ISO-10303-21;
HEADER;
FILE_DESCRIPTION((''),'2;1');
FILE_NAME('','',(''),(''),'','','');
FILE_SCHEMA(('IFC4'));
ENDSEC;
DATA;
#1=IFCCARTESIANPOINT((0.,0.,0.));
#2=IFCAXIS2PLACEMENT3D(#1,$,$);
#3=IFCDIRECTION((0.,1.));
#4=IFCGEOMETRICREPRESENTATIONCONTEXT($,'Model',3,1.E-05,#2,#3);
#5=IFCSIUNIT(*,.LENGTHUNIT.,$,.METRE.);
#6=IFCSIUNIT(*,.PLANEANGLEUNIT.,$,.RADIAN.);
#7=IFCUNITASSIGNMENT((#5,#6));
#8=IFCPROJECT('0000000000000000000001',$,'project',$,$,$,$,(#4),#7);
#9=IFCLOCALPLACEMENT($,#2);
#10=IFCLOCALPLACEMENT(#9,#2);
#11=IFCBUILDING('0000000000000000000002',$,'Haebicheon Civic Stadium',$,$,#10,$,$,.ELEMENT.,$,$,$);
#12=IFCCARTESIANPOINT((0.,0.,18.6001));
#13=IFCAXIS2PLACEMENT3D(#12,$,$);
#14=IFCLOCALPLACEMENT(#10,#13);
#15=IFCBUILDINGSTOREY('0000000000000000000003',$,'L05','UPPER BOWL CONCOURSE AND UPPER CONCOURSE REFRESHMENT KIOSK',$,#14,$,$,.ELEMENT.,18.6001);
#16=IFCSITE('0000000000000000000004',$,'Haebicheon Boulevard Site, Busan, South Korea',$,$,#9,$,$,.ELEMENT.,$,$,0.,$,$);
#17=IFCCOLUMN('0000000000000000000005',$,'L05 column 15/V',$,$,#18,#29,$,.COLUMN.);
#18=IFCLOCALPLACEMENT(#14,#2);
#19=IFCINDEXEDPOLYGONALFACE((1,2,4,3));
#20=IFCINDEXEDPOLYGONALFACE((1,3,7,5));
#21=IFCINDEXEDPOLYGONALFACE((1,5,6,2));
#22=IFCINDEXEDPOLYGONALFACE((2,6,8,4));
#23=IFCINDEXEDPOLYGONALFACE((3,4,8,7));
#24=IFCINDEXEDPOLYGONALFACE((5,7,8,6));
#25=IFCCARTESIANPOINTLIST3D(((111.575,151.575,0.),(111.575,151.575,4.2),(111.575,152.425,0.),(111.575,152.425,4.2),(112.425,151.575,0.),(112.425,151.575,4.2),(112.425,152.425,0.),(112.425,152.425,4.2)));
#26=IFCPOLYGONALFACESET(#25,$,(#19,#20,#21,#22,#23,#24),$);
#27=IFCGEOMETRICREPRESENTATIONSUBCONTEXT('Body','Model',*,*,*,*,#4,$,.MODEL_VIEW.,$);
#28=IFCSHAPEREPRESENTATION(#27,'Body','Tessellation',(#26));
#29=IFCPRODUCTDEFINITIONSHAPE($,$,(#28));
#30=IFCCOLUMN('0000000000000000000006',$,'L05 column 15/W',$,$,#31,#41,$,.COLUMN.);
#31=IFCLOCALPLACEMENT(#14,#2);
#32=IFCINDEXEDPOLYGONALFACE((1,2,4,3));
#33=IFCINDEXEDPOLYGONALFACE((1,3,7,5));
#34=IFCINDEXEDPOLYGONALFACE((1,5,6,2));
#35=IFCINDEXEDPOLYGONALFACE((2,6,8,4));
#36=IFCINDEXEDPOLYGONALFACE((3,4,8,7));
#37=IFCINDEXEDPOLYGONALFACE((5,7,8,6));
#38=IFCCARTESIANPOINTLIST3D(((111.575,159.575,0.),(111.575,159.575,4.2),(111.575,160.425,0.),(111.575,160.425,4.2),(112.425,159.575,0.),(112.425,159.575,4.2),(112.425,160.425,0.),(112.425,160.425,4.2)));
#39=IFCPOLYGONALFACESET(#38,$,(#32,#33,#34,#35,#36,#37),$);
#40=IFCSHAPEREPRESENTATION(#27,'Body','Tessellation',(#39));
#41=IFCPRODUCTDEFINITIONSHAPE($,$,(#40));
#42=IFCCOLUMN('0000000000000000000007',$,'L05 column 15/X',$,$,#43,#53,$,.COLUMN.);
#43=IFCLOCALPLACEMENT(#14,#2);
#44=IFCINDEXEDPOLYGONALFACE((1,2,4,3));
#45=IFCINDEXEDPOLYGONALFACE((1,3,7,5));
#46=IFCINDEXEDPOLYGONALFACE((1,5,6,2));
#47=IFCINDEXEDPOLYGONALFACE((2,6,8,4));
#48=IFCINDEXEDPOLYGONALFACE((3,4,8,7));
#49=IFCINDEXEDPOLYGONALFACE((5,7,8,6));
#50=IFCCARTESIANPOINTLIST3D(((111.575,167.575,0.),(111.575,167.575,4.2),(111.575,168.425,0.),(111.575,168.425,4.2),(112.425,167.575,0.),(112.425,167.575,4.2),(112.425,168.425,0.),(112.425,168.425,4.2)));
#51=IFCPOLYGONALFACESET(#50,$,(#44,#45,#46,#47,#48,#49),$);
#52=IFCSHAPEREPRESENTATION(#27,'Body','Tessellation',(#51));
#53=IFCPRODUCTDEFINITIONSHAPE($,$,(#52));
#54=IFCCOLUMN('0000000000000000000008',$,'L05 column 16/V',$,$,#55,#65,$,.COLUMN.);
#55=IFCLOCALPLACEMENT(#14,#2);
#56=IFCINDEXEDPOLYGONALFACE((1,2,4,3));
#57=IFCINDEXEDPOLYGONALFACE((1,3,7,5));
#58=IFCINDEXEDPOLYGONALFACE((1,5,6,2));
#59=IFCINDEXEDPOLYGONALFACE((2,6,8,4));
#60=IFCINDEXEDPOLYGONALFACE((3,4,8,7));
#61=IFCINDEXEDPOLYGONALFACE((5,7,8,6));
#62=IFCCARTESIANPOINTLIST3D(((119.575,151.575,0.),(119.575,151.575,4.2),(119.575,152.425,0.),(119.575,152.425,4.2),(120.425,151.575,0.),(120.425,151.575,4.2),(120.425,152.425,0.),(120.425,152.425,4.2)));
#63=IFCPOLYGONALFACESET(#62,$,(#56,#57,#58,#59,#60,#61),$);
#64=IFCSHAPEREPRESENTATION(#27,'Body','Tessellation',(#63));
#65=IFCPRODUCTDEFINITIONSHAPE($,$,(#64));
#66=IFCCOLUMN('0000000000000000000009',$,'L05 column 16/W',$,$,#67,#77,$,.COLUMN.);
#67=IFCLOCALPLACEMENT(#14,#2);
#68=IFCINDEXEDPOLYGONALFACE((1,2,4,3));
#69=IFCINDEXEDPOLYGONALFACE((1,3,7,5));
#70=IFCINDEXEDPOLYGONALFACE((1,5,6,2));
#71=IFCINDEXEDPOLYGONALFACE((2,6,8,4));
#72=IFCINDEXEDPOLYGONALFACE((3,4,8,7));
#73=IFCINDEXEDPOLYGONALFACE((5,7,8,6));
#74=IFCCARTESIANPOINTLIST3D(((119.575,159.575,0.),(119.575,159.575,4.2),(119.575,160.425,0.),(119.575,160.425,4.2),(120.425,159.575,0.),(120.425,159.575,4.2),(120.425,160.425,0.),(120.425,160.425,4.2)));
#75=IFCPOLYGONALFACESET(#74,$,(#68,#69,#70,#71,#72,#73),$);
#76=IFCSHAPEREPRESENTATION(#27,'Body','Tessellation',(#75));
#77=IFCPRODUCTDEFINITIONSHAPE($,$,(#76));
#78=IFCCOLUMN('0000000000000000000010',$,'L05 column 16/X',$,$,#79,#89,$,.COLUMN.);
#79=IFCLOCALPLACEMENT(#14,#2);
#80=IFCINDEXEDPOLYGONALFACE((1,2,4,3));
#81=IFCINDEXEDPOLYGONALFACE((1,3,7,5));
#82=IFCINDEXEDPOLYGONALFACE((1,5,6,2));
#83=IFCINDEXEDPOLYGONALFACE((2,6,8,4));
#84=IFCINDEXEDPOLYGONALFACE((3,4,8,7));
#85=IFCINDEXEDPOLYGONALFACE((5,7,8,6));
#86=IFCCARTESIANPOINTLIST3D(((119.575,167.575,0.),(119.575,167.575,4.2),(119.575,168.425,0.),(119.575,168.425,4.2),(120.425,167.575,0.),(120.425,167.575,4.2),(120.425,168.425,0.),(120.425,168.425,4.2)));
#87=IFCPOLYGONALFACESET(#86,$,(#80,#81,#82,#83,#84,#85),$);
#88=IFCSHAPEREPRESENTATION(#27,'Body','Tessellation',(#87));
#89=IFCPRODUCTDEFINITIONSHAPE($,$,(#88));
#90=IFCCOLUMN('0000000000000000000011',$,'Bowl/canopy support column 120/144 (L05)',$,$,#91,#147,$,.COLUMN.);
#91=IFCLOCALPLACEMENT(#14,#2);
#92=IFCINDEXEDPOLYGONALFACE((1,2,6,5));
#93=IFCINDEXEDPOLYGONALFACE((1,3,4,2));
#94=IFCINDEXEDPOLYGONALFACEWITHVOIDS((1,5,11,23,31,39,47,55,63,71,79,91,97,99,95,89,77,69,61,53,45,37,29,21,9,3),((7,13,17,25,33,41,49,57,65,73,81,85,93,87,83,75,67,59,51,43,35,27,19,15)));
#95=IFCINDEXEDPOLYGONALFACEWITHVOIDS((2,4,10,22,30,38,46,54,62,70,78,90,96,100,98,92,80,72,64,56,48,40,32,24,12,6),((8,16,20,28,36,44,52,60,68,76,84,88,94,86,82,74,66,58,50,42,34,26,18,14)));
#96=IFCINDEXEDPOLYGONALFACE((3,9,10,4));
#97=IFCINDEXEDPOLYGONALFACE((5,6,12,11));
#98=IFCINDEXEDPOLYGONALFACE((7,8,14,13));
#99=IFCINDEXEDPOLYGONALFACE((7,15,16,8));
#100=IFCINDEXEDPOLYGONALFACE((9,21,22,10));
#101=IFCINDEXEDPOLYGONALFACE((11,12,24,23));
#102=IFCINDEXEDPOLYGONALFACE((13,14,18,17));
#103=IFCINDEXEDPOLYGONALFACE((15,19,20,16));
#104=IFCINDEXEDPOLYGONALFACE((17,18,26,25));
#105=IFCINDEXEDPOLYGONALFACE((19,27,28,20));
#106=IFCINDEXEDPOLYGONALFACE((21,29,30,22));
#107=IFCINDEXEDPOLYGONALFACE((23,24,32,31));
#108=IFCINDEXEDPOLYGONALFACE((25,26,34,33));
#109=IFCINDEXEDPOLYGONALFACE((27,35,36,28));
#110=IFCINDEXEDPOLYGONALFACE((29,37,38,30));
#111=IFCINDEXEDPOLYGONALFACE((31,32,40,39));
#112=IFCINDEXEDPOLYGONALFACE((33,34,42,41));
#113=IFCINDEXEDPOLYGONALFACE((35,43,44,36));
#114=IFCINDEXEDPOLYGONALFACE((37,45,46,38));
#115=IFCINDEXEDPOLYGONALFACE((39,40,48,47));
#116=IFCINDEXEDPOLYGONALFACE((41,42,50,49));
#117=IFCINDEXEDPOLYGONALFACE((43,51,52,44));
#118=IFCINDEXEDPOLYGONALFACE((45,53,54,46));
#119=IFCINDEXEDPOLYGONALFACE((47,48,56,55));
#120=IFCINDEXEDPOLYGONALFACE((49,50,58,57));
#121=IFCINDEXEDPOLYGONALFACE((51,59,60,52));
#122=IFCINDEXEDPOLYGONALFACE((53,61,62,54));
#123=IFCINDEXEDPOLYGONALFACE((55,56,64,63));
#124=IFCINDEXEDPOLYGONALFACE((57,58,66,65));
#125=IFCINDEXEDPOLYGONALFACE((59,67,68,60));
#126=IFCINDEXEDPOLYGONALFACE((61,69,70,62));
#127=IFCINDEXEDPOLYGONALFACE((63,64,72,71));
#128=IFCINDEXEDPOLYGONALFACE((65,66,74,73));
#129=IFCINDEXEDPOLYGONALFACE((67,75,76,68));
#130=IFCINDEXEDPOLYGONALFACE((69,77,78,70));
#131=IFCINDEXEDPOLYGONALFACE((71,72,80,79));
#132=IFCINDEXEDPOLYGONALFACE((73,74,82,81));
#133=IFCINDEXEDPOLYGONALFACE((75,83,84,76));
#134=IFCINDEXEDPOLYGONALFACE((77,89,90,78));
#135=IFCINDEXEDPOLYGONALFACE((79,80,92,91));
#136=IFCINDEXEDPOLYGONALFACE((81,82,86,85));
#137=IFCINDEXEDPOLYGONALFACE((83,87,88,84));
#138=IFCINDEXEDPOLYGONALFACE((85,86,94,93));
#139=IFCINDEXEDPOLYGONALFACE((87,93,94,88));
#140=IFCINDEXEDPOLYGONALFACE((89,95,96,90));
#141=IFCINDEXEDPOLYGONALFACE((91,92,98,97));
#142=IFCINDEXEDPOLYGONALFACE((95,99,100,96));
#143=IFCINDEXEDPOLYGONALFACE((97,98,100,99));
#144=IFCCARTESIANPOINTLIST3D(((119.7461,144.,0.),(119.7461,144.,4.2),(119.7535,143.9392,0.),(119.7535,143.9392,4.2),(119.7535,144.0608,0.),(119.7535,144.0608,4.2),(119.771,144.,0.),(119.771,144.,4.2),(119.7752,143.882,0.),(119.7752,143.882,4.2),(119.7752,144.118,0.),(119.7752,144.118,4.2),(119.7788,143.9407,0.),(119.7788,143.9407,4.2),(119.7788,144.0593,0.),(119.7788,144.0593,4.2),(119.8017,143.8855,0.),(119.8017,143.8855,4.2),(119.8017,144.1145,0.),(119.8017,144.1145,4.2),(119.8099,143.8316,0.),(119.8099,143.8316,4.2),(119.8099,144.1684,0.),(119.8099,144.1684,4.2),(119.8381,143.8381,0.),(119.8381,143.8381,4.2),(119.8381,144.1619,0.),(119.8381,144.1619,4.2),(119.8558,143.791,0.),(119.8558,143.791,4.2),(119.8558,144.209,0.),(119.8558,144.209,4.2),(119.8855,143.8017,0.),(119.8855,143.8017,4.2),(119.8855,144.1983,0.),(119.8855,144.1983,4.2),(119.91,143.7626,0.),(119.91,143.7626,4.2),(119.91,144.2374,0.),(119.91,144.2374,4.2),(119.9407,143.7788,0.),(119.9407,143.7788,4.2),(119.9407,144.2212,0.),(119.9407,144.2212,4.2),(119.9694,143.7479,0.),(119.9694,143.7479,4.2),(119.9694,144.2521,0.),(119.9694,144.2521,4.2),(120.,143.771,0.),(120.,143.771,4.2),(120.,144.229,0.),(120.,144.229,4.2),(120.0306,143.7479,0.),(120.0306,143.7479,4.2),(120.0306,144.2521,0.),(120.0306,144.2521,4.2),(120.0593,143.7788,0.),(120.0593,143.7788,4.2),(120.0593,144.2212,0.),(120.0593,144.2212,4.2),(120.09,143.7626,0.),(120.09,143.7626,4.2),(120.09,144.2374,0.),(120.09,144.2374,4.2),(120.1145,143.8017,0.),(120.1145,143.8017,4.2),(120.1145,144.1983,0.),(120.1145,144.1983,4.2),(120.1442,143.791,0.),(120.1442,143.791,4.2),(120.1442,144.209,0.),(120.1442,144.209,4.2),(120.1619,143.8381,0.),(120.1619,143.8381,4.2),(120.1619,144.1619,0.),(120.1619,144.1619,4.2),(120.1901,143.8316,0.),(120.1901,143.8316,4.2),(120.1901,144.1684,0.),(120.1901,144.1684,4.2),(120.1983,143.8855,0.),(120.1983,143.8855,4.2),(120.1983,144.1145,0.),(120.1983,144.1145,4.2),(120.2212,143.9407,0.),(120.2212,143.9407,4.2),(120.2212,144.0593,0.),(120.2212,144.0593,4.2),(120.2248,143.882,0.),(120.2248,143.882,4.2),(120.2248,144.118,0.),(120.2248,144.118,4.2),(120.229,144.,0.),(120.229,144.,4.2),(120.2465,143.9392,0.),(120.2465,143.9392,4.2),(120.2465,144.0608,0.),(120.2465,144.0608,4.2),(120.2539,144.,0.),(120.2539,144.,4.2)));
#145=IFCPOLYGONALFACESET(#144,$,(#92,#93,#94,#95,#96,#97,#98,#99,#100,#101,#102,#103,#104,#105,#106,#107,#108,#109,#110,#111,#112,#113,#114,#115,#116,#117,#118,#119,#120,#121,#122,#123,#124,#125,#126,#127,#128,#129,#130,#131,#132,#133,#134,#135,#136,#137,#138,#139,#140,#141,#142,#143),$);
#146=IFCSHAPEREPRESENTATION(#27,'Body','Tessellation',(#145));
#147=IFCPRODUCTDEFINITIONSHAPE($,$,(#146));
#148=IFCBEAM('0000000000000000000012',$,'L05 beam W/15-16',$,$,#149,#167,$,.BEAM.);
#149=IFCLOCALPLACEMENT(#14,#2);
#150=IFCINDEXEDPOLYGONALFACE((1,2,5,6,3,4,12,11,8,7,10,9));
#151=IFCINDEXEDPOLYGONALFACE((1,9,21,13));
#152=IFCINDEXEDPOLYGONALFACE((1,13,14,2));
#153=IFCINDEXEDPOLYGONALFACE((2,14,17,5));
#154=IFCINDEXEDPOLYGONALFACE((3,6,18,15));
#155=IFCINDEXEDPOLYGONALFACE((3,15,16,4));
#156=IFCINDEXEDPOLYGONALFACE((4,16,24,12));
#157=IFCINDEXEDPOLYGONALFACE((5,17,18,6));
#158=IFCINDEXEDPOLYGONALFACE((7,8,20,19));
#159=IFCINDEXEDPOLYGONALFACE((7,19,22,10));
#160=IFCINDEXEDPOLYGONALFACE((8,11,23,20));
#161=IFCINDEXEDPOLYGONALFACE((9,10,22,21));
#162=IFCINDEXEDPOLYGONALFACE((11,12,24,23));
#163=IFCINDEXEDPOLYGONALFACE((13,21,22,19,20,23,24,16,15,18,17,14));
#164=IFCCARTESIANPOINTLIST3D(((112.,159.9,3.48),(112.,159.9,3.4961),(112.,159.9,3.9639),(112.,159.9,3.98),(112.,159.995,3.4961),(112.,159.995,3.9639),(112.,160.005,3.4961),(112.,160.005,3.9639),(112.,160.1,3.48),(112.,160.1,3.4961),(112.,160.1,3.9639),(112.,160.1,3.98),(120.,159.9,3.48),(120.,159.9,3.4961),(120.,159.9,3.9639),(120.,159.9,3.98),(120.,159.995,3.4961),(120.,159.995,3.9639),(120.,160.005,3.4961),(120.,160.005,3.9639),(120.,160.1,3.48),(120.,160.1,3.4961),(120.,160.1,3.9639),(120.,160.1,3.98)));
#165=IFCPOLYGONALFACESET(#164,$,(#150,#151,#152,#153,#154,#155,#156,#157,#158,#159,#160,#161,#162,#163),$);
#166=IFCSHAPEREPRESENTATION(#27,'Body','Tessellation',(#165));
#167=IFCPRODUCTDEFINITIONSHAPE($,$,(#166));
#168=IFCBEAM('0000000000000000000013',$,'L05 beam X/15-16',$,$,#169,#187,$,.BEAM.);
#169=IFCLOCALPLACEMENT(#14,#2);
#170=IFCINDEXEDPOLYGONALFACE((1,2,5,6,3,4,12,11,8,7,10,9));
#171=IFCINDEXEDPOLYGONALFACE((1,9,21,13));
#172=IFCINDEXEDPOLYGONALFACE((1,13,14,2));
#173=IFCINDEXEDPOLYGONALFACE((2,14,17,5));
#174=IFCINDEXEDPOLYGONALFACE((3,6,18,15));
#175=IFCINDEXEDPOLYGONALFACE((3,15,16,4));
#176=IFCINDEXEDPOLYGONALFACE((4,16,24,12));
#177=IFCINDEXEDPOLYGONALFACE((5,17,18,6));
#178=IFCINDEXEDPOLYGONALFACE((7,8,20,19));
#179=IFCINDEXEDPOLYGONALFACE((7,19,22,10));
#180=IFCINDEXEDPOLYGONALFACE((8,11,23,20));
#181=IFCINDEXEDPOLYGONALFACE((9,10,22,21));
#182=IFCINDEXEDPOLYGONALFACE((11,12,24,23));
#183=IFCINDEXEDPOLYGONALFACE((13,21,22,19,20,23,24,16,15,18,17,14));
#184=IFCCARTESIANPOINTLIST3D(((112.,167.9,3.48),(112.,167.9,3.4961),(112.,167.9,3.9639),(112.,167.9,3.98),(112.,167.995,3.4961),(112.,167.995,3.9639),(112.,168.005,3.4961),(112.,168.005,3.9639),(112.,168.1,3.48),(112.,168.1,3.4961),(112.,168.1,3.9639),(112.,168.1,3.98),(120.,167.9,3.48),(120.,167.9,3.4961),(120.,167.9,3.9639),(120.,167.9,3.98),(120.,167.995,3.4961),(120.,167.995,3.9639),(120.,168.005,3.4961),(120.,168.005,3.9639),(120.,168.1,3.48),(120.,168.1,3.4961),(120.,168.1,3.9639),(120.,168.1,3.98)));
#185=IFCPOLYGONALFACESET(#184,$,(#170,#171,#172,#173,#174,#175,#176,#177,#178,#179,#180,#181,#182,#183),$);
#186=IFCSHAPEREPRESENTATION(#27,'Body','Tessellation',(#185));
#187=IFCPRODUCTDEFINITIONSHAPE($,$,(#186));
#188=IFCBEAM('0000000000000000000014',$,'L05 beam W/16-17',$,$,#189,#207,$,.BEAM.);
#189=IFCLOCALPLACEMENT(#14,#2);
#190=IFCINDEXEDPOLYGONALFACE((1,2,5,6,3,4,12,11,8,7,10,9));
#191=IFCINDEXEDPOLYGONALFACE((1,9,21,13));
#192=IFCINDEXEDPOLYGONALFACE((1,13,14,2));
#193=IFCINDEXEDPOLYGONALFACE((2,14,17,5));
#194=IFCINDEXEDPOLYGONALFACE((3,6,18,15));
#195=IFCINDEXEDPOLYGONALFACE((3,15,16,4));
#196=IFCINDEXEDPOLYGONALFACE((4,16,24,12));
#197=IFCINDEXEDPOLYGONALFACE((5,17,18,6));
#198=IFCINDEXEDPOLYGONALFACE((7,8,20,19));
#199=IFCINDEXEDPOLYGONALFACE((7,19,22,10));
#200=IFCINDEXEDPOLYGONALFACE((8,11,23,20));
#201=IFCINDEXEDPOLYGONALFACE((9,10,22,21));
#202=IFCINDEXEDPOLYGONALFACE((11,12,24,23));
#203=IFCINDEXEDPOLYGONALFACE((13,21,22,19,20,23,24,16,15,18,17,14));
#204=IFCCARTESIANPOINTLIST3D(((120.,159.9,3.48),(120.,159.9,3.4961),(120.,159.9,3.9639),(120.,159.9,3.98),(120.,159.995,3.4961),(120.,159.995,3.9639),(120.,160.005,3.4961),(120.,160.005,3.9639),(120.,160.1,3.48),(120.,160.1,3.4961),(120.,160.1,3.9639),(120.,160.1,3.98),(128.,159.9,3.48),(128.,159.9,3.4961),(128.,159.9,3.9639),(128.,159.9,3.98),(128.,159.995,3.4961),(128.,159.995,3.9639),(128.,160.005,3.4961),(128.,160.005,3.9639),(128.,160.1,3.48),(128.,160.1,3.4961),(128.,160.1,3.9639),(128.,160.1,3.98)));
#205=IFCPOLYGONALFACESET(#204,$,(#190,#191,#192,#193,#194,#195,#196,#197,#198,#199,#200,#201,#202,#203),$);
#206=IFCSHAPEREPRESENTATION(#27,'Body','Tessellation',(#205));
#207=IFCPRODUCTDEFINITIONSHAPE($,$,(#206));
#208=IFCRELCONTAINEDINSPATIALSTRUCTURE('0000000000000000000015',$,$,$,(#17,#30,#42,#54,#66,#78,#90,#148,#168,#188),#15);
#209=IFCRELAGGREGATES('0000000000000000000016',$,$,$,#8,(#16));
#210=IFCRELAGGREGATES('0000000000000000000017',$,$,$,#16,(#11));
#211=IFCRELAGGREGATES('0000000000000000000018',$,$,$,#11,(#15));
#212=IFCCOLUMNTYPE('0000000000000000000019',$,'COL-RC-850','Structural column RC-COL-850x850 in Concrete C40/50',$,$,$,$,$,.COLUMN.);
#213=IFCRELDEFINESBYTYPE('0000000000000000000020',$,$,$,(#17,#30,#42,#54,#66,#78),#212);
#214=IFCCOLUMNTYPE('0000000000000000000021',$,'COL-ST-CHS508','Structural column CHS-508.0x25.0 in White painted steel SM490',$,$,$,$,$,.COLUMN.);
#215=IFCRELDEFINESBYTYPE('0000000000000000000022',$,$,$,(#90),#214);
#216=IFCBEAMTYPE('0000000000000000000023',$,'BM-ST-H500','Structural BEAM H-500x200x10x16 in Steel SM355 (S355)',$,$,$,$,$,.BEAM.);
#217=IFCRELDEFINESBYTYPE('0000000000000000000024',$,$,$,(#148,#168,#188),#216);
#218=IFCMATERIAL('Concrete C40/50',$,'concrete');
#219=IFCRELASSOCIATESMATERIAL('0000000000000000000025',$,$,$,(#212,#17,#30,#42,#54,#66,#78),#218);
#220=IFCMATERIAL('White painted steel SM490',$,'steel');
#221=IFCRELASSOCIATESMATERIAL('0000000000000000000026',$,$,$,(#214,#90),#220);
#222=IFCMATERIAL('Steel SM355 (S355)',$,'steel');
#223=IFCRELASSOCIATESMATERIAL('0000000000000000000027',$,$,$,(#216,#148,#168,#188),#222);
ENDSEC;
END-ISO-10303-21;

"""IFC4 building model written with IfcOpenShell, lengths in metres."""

from ifc_helpers import new_model, si_unit, direction, frame, origin, origin_2d, place, context, subcontext, project, spatial, rectangle, hollow_circle, i_section, extrude, material, material_profile, profile_set, type_object, element, save


model = new_model("IFC4")

# Units and contexts
model_context = context("Model", 3, precision=1e-05, world=origin(), true_north=direction((0.0, 1.0)))
body_context = subcontext(model_context, "Body", "Model", "MODEL_VIEW")
ifc_project = project(units=[si_unit("LENGTHUNIT", "METRE"), si_unit("PLANEANGLEUNIT", "RADIAN")], contexts=[model_context])

# Site, building, storey
site_placement = place(None, origin())
site = spatial("IfcSite", under=ifc_project, at=site_placement, Name="Haebicheon Boulevard Site, Busan, South Korea", CompositionType="ELEMENT", RefElevation=0.0)
building_placement = place(site_placement, origin())
building = spatial("IfcBuilding", under=site, at=building_placement, Name="Haebicheon Civic Stadium", CompositionType="ELEMENT")
storey_placement = place(building_placement, frame((0.0, 0.0, 18.6001)))
storey = spatial("IfcBuildingStorey", under=building, at=storey_placement, Name="L05", Description="UPPER BOWL CONCOURSE AND UPPER CONCOURSE REFRESHMENT KIOSK", CompositionType="ELEMENT", Elevation=18.6001)

# Columns
ifc_material_1 = material(Name="Concrete C40/50", Category="concrete")
ifc_material_profile_1 = material_profile(ifc_material_1, rectangle(XDim=0.8501, YDim=0.8501, at=origin_2d()), Name="RC-COL-850x850")
ifc_profile_set_1 = profile_set([ifc_material_profile_1], Name="Concrete C40/50")
column_type_1 = type_object("IfcColumnType", Name="COL-RC-850", Description="Structural column RC-COL-850x850 in Concrete C40/50", PredefinedType="COLUMN", material=ifc_profile_set_1)
for number, where, z_axis, x_axis, name in (
    (1, (112.0, 152.0, 0.0), (0.0, 0.0, 1.0), (1.0, 0.0, 0.0), "L05 column 15/V"),
    (2, (112.0, 160.0, 0.0), (0.0, 0.0, 1.0), (1.0, 0.0, 0.0), "L05 column 15/W"),
    (3, (112.0, 168.0, 0.0), (0.0, 0.0, 1.0), (1.0, 0.0, 0.0), "L05 column 15/X"),
    (4, (120.0, 152.0, 0.0), (0.0, 0.0, 1.0), (1.0, 0.0, 0.0), "L05 column 16/V"),
    (5, (120.0, 160.0, 0.0), (0.0, 0.0, 1.0), (1.0, 0.0, 0.0), "L05 column 16/W"),
    (6, (120.0, 168.0, 0.0), (0.0, 0.0, 1.0), (1.0, 0.0, 0.0), "L05 column 16/X"),
):
    element("IfcColumn", number, at=place(storey_placement, frame(where, z_axis=z_axis, x_axis=x_axis)), inside=storey, type_object=column_type_1, material=ifc_profile_set_1, Name=name, PredefinedType="COLUMN", context=body_context, shape_type="SweptSolid", body=[
        extrude(rectangle(XDim=0.8501, YDim=0.8501, at=origin_2d()), origin(), (0.0, 0.0, 1.0), 4.2),
    ])
ifc_material_2 = material(Name="White painted steel SM490", Category="steel")
ifc_material_profile_2 = material_profile(ifc_material_2, hollow_circle(Radius=0.2539, WallThickness=0.0249, at=origin_2d()), Name="CHS-508.0x25.0")
ifc_profile_set_2 = profile_set([ifc_material_profile_2], Name="White painted steel SM490")
column_type_2 = type_object("IfcColumnType", Name="COL-ST-CHS508", Description="Structural column CHS-508.0x25.0 in White painted steel SM490", PredefinedType="COLUMN", material=ifc_profile_set_2)
column_placement = place(storey_placement, frame((120.0, 144.0, 0.0), z_axis=(0.0, 0.0, 1.0), x_axis=(1.0, 0.0, 0.0)))
element("IfcColumn", 7, at=column_placement, inside=storey, type_object=column_type_2, material=ifc_profile_set_2, Name="Bowl/canopy support column 120/144 (L05)", PredefinedType="COLUMN", context=body_context, shape_type="SweptSolid", body=[
    extrude(hollow_circle(Radius=0.2539, WallThickness=0.0249, at=origin_2d()), origin(), (0.0, 0.0, 1.0), 4.2),
])

# Beams
ifc_material_3 = material(Name="Steel SM355 (S355)", Category="steel")
ifc_material_profile_3 = material_profile(ifc_material_3, i_section(OverallWidth=0.2, OverallDepth=0.5, WebThickness=0.01, FlangeThickness=0.0161, at=origin_2d()), Name="H-500x200x10x16")
ifc_profile_set_3 = profile_set([ifc_material_profile_3], Name="Steel SM355 (S355)")
beam_type_1 = type_object("IfcBeamType", Name="BM-ST-H500", Description="Structural BEAM H-500x200x10x16 in Steel SM355 (S355)", PredefinedType="BEAM", material=ifc_profile_set_3)
for number, where, z_axis, x_axis, name in (
    (8, (112.0, 160.0, 3.73), (1.0, 0.0, 0.0), (0.0, 1.0, 0.0), "L05 beam W/15-16"),
    (9, (112.0, 168.0, 3.73), (1.0, 0.0, 0.0), (0.0, 1.0, 0.0), "L05 beam X/15-16"),
    (10, (120.0, 160.0, 3.73), (1.0, 0.0, 0.0), (0.0, 1.0, 0.0), "L05 beam W/16-17"),
):
    element("IfcBeam", number, at=place(storey_placement, frame(where, z_axis=z_axis, x_axis=x_axis)), inside=storey, type_object=beam_type_1, material=ifc_profile_set_3, Name=name, PredefinedType="BEAM", context=body_context, shape_type="SweptSolid", body=[
        extrude(i_section(OverallWidth=0.2, OverallDepth=0.5, WebThickness=0.01, FlangeThickness=0.0161, at=origin_2d()), origin(), (0.0, 0.0, 1.0), 8.0),
    ])

save(model, "model.ifc")
